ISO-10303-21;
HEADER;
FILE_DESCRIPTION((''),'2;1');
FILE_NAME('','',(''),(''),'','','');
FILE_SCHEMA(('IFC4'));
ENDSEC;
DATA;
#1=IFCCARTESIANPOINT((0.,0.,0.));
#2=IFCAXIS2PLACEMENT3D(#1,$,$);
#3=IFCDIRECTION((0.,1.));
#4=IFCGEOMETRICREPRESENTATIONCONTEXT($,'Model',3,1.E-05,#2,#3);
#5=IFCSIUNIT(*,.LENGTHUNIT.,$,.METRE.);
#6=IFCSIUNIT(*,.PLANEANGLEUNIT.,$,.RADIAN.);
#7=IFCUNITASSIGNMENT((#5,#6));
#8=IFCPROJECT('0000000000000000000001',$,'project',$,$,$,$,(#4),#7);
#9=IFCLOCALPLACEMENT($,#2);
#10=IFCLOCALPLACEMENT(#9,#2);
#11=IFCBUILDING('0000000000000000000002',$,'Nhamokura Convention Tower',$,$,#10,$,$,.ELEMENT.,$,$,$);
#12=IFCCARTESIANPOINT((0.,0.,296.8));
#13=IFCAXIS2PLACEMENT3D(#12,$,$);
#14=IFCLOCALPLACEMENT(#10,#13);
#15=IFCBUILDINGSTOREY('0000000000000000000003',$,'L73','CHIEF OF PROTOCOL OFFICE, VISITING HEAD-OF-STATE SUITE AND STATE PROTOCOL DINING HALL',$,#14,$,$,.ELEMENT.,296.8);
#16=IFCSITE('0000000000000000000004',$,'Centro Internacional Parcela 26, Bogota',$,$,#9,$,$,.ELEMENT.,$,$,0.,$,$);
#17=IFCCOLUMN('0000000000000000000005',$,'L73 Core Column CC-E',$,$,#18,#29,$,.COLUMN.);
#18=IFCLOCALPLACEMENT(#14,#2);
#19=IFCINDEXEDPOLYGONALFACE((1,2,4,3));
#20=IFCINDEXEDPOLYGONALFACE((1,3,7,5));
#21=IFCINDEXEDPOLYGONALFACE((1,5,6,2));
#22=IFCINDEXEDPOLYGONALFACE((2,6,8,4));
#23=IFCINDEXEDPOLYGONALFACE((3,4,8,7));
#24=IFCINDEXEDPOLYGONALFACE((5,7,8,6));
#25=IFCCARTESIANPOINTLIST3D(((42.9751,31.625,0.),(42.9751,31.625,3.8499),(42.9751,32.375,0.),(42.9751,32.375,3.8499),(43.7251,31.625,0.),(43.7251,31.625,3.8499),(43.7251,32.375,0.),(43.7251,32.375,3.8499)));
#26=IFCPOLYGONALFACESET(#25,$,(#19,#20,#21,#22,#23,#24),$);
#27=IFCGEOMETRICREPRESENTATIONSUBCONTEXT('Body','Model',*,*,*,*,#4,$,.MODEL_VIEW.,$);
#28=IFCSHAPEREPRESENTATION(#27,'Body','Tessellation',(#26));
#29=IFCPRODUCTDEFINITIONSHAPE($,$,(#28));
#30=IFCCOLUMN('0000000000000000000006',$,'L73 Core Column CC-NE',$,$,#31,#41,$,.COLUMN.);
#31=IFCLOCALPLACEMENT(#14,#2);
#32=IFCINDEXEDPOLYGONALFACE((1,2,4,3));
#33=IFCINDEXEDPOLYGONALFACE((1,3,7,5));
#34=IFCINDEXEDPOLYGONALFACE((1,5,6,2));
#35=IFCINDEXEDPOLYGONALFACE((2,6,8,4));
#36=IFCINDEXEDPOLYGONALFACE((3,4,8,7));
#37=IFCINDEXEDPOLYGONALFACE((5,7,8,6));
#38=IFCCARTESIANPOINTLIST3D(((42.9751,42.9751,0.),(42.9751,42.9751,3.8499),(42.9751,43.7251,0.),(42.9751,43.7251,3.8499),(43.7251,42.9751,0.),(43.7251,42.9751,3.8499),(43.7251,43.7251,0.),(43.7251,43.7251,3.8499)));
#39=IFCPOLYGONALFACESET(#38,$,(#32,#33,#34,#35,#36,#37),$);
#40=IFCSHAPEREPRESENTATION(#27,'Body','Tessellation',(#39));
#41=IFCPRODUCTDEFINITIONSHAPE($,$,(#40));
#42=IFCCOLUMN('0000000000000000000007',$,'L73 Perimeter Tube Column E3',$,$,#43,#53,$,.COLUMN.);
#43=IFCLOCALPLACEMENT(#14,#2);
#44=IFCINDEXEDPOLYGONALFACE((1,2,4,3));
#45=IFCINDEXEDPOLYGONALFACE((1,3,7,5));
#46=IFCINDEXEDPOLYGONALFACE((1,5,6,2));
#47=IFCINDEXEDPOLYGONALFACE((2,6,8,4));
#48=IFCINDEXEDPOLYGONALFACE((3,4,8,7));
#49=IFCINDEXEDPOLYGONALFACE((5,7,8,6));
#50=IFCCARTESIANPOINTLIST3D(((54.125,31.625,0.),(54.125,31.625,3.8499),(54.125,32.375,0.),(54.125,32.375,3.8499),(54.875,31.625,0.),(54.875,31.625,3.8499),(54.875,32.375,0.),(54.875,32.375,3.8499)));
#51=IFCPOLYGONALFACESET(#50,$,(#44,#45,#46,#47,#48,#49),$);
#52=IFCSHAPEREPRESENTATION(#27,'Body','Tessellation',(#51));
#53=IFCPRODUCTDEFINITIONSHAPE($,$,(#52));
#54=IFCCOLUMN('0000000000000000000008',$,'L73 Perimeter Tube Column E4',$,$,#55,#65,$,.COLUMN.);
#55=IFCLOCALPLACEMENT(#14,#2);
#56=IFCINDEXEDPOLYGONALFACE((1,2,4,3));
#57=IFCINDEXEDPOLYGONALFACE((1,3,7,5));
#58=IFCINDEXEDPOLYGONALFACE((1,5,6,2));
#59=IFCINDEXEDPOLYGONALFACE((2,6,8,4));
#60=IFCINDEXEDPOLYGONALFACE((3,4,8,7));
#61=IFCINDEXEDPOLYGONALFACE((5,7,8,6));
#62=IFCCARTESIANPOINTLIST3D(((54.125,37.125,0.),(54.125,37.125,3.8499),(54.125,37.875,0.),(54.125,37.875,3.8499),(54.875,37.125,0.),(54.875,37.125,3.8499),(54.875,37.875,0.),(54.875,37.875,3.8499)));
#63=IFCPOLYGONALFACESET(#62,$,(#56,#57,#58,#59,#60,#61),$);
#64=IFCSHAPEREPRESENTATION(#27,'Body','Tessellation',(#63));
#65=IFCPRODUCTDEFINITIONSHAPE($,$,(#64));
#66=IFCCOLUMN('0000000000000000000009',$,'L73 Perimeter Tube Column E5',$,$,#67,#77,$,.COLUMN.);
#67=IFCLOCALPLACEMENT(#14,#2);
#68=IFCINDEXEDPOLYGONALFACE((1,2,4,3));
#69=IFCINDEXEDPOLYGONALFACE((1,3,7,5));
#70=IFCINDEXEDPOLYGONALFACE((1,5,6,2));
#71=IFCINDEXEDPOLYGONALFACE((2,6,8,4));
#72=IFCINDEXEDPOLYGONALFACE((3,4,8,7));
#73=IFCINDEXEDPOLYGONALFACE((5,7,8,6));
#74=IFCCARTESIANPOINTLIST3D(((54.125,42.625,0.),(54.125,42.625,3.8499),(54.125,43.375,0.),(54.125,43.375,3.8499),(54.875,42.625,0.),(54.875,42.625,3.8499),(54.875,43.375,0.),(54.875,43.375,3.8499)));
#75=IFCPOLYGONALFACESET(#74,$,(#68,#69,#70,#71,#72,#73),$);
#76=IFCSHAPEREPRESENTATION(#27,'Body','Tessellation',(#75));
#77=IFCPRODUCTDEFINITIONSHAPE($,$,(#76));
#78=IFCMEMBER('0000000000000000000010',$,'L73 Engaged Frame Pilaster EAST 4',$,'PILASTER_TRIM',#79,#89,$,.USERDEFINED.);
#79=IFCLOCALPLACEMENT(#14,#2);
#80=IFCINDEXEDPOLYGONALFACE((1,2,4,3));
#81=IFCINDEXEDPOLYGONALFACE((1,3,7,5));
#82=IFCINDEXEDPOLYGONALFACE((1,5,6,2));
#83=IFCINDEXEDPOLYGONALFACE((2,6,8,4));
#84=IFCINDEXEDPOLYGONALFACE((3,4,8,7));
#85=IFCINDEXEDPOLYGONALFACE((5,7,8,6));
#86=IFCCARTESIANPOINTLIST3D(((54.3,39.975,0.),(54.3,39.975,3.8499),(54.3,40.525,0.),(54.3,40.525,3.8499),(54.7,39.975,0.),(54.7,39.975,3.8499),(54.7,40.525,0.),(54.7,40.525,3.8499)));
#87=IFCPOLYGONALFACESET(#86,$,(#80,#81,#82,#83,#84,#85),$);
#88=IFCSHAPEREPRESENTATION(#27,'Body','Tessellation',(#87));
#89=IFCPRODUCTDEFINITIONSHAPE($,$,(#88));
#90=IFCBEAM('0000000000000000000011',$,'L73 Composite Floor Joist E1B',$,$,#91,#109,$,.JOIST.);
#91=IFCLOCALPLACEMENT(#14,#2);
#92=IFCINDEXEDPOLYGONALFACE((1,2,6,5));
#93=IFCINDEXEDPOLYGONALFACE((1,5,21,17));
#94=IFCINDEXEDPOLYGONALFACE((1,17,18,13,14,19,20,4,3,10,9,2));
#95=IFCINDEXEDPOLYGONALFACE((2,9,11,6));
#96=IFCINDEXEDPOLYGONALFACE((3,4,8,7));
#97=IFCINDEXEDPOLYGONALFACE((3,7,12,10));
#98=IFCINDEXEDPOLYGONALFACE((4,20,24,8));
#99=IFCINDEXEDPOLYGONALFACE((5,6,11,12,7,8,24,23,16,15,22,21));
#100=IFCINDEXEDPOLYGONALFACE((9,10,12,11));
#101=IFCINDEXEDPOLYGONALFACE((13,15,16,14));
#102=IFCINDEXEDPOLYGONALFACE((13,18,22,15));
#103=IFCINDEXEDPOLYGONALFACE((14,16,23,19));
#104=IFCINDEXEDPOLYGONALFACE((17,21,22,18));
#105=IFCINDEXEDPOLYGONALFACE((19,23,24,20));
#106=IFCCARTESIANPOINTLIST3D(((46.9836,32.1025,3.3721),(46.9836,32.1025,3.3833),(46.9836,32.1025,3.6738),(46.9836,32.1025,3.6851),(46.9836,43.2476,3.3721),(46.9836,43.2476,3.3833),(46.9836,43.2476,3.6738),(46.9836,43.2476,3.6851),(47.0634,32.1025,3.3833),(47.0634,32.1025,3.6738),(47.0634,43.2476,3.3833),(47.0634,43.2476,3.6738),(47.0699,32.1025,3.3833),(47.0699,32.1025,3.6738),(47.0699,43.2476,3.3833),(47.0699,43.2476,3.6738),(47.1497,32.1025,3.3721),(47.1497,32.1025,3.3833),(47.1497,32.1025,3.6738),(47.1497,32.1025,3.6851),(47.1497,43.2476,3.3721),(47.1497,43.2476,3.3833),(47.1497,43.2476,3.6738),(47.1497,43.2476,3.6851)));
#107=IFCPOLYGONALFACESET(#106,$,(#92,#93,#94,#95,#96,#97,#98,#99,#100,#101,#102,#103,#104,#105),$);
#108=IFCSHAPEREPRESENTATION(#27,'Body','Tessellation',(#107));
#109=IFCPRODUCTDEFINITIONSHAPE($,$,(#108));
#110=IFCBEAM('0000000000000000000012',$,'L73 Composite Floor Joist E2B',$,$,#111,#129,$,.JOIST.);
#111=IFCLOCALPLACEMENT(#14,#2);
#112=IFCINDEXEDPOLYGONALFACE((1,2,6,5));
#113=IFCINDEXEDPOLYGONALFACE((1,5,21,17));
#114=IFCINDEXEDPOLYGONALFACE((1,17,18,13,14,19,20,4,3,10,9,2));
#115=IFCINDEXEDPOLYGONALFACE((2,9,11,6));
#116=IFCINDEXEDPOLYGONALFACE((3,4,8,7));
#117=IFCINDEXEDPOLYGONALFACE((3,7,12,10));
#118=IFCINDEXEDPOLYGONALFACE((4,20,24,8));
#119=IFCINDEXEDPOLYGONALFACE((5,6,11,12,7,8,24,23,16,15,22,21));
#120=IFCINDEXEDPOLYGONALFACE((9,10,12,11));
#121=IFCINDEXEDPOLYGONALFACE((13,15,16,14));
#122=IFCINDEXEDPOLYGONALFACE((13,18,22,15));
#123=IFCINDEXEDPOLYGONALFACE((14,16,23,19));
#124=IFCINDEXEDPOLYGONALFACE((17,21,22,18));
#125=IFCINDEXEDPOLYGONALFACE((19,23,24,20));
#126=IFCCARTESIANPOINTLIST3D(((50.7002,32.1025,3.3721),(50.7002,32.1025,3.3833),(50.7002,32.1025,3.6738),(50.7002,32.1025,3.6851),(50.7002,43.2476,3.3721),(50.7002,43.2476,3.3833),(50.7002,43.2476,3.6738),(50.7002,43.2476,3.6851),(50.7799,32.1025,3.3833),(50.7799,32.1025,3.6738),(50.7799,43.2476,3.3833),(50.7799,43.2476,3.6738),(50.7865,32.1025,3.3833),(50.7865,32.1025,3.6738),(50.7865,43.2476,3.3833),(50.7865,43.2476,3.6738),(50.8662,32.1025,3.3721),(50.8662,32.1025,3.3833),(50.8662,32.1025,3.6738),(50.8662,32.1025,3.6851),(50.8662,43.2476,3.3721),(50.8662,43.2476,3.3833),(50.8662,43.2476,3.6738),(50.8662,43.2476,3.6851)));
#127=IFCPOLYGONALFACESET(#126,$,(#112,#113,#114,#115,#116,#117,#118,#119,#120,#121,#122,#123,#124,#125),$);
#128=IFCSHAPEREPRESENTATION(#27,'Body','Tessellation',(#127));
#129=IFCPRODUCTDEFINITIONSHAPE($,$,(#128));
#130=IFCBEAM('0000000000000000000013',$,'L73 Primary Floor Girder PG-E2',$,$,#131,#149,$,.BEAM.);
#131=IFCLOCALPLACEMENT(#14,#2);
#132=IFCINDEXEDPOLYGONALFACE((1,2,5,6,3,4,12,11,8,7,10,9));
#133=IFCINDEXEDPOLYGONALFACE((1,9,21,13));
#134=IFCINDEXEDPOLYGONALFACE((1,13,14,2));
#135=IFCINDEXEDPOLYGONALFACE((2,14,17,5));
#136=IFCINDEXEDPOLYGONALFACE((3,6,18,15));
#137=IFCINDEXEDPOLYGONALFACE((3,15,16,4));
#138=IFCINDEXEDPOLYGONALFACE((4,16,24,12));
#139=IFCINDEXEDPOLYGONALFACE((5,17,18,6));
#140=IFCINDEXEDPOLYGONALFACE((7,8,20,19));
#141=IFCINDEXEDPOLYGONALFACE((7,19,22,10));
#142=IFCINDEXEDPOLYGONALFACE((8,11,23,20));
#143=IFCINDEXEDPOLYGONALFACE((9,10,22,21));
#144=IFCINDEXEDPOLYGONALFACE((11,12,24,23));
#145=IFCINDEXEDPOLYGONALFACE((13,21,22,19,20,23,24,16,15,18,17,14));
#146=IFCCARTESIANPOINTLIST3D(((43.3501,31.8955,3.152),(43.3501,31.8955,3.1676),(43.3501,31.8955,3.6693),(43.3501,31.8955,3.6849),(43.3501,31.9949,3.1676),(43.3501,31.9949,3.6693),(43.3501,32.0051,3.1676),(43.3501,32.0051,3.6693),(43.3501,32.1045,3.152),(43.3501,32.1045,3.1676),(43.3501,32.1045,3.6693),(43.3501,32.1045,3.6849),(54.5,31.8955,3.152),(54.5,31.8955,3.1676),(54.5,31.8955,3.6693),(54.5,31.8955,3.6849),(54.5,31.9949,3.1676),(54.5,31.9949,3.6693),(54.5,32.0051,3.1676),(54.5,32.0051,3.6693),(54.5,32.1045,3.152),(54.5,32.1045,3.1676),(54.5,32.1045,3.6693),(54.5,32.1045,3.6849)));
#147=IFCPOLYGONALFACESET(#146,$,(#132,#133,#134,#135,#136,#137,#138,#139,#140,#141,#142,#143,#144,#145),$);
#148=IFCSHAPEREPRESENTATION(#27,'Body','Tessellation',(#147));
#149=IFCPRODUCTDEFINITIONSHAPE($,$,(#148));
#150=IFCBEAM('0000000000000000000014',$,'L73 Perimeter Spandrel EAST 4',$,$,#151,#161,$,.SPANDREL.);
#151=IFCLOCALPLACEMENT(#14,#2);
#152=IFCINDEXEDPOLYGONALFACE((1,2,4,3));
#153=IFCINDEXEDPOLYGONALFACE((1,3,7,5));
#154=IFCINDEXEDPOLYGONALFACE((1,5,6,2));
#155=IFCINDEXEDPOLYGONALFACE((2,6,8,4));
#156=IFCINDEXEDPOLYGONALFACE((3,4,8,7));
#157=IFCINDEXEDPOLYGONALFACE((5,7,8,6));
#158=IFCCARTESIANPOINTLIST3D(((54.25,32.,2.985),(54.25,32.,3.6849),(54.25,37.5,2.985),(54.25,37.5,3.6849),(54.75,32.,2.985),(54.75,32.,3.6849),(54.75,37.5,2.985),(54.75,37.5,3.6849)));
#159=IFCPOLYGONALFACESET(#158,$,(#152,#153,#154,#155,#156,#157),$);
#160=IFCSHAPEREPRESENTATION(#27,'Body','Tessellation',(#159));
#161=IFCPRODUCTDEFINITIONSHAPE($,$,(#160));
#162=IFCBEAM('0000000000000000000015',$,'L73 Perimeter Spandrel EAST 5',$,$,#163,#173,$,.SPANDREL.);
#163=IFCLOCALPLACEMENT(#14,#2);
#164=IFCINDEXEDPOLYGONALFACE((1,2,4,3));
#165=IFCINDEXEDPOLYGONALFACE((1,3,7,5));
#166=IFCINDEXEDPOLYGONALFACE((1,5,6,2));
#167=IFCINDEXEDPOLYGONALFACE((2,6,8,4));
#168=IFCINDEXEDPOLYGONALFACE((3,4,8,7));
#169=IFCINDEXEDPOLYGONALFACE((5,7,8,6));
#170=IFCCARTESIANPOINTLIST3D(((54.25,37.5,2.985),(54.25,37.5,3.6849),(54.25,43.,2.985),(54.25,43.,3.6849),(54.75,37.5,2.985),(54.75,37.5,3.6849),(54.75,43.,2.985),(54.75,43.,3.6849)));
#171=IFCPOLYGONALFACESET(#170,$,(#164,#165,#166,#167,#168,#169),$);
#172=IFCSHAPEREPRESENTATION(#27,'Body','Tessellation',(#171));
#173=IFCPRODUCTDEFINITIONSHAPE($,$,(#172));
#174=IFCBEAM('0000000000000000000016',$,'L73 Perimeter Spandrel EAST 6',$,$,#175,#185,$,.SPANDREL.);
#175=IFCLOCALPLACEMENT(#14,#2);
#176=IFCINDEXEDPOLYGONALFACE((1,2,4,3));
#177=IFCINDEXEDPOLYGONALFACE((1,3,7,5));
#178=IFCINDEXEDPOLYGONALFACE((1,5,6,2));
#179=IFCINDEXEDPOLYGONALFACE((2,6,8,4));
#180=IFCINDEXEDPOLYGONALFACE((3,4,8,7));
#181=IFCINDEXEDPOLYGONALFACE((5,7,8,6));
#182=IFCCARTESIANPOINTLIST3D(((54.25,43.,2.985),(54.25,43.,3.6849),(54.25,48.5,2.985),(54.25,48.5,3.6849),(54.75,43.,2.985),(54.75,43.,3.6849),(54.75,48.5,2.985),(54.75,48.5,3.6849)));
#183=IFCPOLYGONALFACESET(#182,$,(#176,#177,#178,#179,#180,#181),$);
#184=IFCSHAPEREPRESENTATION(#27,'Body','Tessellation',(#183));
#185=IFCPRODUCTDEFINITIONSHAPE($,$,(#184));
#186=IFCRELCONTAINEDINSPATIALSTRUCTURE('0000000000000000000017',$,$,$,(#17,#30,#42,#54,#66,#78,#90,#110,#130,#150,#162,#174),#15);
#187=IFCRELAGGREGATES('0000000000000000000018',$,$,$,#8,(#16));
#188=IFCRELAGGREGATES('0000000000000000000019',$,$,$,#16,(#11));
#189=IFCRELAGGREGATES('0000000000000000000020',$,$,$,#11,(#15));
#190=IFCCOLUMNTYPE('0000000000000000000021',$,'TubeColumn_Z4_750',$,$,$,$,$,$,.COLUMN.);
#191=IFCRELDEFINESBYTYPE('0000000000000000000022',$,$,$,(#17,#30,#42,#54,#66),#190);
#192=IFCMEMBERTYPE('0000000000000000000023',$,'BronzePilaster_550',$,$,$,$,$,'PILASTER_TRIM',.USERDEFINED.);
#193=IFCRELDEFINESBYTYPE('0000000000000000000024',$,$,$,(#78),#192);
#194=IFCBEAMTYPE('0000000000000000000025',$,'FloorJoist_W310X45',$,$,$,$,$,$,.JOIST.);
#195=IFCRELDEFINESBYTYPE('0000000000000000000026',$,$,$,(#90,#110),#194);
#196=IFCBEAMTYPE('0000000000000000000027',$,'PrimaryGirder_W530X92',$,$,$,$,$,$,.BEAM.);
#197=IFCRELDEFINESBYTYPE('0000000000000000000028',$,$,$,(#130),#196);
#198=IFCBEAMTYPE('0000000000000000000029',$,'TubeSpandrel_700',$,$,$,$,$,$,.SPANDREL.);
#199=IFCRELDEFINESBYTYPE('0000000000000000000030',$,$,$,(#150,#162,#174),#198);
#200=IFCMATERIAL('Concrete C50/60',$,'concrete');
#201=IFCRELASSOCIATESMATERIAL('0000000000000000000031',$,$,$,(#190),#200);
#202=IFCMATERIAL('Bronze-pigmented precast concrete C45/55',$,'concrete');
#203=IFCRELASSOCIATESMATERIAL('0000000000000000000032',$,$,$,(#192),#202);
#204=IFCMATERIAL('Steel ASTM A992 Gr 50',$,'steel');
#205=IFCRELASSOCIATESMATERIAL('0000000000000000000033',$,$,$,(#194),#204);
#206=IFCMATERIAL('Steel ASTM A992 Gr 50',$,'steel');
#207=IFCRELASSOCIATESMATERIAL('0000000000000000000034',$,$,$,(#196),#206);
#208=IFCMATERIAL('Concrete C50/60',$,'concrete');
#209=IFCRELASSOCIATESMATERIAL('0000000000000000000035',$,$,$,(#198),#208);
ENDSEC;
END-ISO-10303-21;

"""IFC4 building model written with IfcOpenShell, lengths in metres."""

from ifc_helpers import new_model, si_unit, direction, frame, origin, origin_2d, place, context, subcontext, project, spatial, rectangle, i_section, extrude, material, material_profile, profile_set, type_object, element, save


model = new_model("IFC4")

# Units and contexts
model_context = context("Model", 3, precision=1e-05, world=origin(), true_north=direction((0.0, 1.0)))
body_context = subcontext(model_context, "Body", "Model", "MODEL_VIEW")
ifc_project = project(units=[si_unit("LENGTHUNIT", "METRE"), si_unit("PLANEANGLEUNIT", "RADIAN")], contexts=[model_context])

# Site, building, storey
site_placement = place(None, origin())
site = spatial("IfcSite", under=ifc_project, at=site_placement, Name="Centro Internacional Parcela 26, Bogota", CompositionType="ELEMENT", RefElevation=0.0)
building_placement = place(site_placement, origin())
building = spatial("IfcBuilding", under=site, at=building_placement, Name="Nhamokura Convention Tower", CompositionType="ELEMENT")
storey_placement = place(building_placement, frame((0.0, 0.0, 296.8)))
storey = spatial("IfcBuildingStorey", under=building, at=storey_placement, Name="L73", Description="CHIEF OF PROTOCOL OFFICE, VISITING HEAD-OF-STATE SUITE AND STATE PROTOCOL DINING HALL", CompositionType="ELEMENT", Elevation=296.8)

# Columns
ifc_material_1 = material(Name="Concrete C50/60", Category="concrete")
ifc_material_profile_1 = material_profile(ifc_material_1, rectangle(XDim=0.75, YDim=0.75, at=origin_2d()))
ifc_profile_set_1 = profile_set([ifc_material_profile_1], Name="Concrete C50/60")
column_type = type_object("IfcColumnType", Name="TubeColumn_Z4_750", PredefinedType="COLUMN", material=ifc_profile_set_1)
for number, where, z_axis, x_axis, name in (
    (1, (43.3501, 32.0, 0.0), (0.0, 0.0, 1.0), (1.0, 0.0, 0.0), "L73 Core Column CC-E"),
    (2, (43.3501, 43.3501, 0.0), (0.0, 0.0, 1.0), (1.0, 0.0, 0.0), "L73 Core Column CC-NE"),
    (3, (54.5, 32.0, 0.0), (0.0, 0.0, 1.0), (1.0, 0.0, 0.0), "L73 Perimeter Tube Column E3"),
    (4, (54.5, 37.5, 0.0), (0.0, 0.0, 1.0), (1.0, 0.0, 0.0), "L73 Perimeter Tube Column E4"),
    (5, (54.5, 43.0, 0.0), (0.0, 0.0, 1.0), (1.0, 0.0, 0.0), "L73 Perimeter Tube Column E5"),
):
    element("IfcColumn", number, at=place(storey_placement, frame(where, z_axis=z_axis, x_axis=x_axis)), inside=storey, type_object=column_type, Name=name, PredefinedType="COLUMN", context=body_context, shape_type="SweptSolid", body=[
        extrude(rectangle(XDim=0.75, YDim=0.75, at=origin_2d()), origin(), (0.0, 0.0, 1.0), 3.8499),
    ])

# Member
ifc_material_2 = material(Name="Bronze-pigmented precast concrete C45/55", Category="concrete")
ifc_material_profile_2 = material_profile(ifc_material_2, rectangle(XDim=0.3999, YDim=0.55, at=origin_2d()))
ifc_profile_set_2 = profile_set([ifc_material_profile_2], Name="Bronze-pigmented precast concrete C45/55")
member_type = type_object("IfcMemberType", Name="BronzePilaster_550", ElementType="PILASTER_TRIM", PredefinedType="USERDEFINED", material=ifc_profile_set_2)
member_placement = place(storey_placement, frame((54.5, 40.25, 0.0), z_axis=(0.0, 0.0, 1.0), x_axis=(1.0, 0.0, 0.0)))
element("IfcMember", 6, at=member_placement, inside=storey, type_object=member_type, Name="L73 Engaged Frame Pilaster EAST 4", ObjectType="PILASTER_TRIM", PredefinedType="USERDEFINED", context=body_context, shape_type="SweptSolid", body=[
    extrude(rectangle(XDim=0.3999, YDim=0.55, at=origin_2d()), origin(), (0.0, 0.0, 1.0), 3.8499),
])

# Beams
ifc_material_3 = material(Name="Steel ASTM A992 Gr 50", Category="steel")
ifc_material_profile_3 = material_profile(ifc_material_3, i_section(OverallWidth=0.166, OverallDepth=0.313, WebThickness=0.0066, FlangeThickness=0.0112, at=origin_2d()))
ifc_profile_set_3 = profile_set([ifc_material_profile_3], Name="Steel ASTM A992 Gr 50")
beam_type_1 = type_object("IfcBeamType", Name="FloorJoist_W310X45", PredefinedType="JOIST", material=ifc_profile_set_3)
for number, where, z_axis, x_axis, name in (
    (7, (47.0667, 32.1025, 3.5286), (0.0, 1.0, 0.0), (-1.0, 0.0, 0.0), "L73 Composite Floor Joist E1B"),
    (8, (50.7832, 32.1025, 3.5286), (0.0, 1.0, 0.0), (-1.0, 0.0, 0.0), "L73 Composite Floor Joist E2B"),
):
    element("IfcBeam", number, at=place(storey_placement, frame(where, z_axis=z_axis, x_axis=x_axis)), inside=storey, type_object=beam_type_1, Name=name, PredefinedType="JOIST", context=body_context, shape_type="SweptSolid", body=[
        extrude(i_section(OverallWidth=0.166, OverallDepth=0.313, WebThickness=0.0066, FlangeThickness=0.0112, at=origin_2d()), origin(), (0.0, 0.0, 1.0), 11.145),
    ])
ifc_material_4 = material(Name="Steel ASTM A992 Gr 50", Category="steel")
ifc_material_profile_4 = material_profile(ifc_material_4, i_section(OverallWidth=0.209, OverallDepth=0.533, WebThickness=0.0103, FlangeThickness=0.0156, at=origin_2d()))
ifc_profile_set_4 = profile_set([ifc_material_profile_4], Name="Steel ASTM A992 Gr 50")
beam_type_2 = type_object("IfcBeamType", Name="PrimaryGirder_W530X92", PredefinedType="BEAM", material=ifc_profile_set_4)
beam_placement = place(storey_placement, frame((43.3501, 32.0, 3.4185), z_axis=(1.0, 0.0, 0.0), x_axis=(0.0, 1.0, 0.0)))
element("IfcBeam", 9, at=beam_placement, inside=storey, type_object=beam_type_2, Name="L73 Primary Floor Girder PG-E2", PredefinedType="BEAM", context=body_context, shape_type="SweptSolid", body=[
    extrude(i_section(OverallWidth=0.209, OverallDepth=0.533, WebThickness=0.0103, FlangeThickness=0.0156, at=origin_2d()), origin(), (0.0, 0.0, 1.0), 11.1499),
])
ifc_material_5 = material(Name="Concrete C50/60", Category="concrete")
ifc_material_profile_5 = material_profile(ifc_material_5, rectangle(XDim=0.5, YDim=0.7, at=origin_2d()))
ifc_profile_set_5 = profile_set([ifc_material_profile_5], Name="Concrete C50/60")
beam_type_3 = type_object("IfcBeamType", Name="TubeSpandrel_700", PredefinedType="SPANDREL", material=ifc_profile_set_5)
for number, where, z_axis, x_axis, name in (
    (10, (54.5, 32.0, 3.335), (0.0, 1.0, 0.0), (-1.0, 0.0, 0.0), "L73 Perimeter Spandrel EAST 4"),
    (11, (54.5, 37.5, 3.335), (0.0, 1.0, 0.0), (-1.0, 0.0, 0.0), "L73 Perimeter Spandrel EAST 5"),
    (12, (54.5, 43.0, 3.335), (0.0, 1.0, 0.0), (-1.0, 0.0, 0.0), "L73 Perimeter Spandrel EAST 6"),
):
    element("IfcBeam", number, at=place(storey_placement, frame(where, z_axis=z_axis, x_axis=x_axis)), inside=storey, type_object=beam_type_3, Name=name, PredefinedType="SPANDREL", context=body_context, shape_type="SweptSolid", body=[
        extrude(rectangle(XDim=0.5, YDim=0.7, at=origin_2d()), origin(), (0.0, 0.0, 1.0), 5.5),
    ])

save(model, "model.ifc")
